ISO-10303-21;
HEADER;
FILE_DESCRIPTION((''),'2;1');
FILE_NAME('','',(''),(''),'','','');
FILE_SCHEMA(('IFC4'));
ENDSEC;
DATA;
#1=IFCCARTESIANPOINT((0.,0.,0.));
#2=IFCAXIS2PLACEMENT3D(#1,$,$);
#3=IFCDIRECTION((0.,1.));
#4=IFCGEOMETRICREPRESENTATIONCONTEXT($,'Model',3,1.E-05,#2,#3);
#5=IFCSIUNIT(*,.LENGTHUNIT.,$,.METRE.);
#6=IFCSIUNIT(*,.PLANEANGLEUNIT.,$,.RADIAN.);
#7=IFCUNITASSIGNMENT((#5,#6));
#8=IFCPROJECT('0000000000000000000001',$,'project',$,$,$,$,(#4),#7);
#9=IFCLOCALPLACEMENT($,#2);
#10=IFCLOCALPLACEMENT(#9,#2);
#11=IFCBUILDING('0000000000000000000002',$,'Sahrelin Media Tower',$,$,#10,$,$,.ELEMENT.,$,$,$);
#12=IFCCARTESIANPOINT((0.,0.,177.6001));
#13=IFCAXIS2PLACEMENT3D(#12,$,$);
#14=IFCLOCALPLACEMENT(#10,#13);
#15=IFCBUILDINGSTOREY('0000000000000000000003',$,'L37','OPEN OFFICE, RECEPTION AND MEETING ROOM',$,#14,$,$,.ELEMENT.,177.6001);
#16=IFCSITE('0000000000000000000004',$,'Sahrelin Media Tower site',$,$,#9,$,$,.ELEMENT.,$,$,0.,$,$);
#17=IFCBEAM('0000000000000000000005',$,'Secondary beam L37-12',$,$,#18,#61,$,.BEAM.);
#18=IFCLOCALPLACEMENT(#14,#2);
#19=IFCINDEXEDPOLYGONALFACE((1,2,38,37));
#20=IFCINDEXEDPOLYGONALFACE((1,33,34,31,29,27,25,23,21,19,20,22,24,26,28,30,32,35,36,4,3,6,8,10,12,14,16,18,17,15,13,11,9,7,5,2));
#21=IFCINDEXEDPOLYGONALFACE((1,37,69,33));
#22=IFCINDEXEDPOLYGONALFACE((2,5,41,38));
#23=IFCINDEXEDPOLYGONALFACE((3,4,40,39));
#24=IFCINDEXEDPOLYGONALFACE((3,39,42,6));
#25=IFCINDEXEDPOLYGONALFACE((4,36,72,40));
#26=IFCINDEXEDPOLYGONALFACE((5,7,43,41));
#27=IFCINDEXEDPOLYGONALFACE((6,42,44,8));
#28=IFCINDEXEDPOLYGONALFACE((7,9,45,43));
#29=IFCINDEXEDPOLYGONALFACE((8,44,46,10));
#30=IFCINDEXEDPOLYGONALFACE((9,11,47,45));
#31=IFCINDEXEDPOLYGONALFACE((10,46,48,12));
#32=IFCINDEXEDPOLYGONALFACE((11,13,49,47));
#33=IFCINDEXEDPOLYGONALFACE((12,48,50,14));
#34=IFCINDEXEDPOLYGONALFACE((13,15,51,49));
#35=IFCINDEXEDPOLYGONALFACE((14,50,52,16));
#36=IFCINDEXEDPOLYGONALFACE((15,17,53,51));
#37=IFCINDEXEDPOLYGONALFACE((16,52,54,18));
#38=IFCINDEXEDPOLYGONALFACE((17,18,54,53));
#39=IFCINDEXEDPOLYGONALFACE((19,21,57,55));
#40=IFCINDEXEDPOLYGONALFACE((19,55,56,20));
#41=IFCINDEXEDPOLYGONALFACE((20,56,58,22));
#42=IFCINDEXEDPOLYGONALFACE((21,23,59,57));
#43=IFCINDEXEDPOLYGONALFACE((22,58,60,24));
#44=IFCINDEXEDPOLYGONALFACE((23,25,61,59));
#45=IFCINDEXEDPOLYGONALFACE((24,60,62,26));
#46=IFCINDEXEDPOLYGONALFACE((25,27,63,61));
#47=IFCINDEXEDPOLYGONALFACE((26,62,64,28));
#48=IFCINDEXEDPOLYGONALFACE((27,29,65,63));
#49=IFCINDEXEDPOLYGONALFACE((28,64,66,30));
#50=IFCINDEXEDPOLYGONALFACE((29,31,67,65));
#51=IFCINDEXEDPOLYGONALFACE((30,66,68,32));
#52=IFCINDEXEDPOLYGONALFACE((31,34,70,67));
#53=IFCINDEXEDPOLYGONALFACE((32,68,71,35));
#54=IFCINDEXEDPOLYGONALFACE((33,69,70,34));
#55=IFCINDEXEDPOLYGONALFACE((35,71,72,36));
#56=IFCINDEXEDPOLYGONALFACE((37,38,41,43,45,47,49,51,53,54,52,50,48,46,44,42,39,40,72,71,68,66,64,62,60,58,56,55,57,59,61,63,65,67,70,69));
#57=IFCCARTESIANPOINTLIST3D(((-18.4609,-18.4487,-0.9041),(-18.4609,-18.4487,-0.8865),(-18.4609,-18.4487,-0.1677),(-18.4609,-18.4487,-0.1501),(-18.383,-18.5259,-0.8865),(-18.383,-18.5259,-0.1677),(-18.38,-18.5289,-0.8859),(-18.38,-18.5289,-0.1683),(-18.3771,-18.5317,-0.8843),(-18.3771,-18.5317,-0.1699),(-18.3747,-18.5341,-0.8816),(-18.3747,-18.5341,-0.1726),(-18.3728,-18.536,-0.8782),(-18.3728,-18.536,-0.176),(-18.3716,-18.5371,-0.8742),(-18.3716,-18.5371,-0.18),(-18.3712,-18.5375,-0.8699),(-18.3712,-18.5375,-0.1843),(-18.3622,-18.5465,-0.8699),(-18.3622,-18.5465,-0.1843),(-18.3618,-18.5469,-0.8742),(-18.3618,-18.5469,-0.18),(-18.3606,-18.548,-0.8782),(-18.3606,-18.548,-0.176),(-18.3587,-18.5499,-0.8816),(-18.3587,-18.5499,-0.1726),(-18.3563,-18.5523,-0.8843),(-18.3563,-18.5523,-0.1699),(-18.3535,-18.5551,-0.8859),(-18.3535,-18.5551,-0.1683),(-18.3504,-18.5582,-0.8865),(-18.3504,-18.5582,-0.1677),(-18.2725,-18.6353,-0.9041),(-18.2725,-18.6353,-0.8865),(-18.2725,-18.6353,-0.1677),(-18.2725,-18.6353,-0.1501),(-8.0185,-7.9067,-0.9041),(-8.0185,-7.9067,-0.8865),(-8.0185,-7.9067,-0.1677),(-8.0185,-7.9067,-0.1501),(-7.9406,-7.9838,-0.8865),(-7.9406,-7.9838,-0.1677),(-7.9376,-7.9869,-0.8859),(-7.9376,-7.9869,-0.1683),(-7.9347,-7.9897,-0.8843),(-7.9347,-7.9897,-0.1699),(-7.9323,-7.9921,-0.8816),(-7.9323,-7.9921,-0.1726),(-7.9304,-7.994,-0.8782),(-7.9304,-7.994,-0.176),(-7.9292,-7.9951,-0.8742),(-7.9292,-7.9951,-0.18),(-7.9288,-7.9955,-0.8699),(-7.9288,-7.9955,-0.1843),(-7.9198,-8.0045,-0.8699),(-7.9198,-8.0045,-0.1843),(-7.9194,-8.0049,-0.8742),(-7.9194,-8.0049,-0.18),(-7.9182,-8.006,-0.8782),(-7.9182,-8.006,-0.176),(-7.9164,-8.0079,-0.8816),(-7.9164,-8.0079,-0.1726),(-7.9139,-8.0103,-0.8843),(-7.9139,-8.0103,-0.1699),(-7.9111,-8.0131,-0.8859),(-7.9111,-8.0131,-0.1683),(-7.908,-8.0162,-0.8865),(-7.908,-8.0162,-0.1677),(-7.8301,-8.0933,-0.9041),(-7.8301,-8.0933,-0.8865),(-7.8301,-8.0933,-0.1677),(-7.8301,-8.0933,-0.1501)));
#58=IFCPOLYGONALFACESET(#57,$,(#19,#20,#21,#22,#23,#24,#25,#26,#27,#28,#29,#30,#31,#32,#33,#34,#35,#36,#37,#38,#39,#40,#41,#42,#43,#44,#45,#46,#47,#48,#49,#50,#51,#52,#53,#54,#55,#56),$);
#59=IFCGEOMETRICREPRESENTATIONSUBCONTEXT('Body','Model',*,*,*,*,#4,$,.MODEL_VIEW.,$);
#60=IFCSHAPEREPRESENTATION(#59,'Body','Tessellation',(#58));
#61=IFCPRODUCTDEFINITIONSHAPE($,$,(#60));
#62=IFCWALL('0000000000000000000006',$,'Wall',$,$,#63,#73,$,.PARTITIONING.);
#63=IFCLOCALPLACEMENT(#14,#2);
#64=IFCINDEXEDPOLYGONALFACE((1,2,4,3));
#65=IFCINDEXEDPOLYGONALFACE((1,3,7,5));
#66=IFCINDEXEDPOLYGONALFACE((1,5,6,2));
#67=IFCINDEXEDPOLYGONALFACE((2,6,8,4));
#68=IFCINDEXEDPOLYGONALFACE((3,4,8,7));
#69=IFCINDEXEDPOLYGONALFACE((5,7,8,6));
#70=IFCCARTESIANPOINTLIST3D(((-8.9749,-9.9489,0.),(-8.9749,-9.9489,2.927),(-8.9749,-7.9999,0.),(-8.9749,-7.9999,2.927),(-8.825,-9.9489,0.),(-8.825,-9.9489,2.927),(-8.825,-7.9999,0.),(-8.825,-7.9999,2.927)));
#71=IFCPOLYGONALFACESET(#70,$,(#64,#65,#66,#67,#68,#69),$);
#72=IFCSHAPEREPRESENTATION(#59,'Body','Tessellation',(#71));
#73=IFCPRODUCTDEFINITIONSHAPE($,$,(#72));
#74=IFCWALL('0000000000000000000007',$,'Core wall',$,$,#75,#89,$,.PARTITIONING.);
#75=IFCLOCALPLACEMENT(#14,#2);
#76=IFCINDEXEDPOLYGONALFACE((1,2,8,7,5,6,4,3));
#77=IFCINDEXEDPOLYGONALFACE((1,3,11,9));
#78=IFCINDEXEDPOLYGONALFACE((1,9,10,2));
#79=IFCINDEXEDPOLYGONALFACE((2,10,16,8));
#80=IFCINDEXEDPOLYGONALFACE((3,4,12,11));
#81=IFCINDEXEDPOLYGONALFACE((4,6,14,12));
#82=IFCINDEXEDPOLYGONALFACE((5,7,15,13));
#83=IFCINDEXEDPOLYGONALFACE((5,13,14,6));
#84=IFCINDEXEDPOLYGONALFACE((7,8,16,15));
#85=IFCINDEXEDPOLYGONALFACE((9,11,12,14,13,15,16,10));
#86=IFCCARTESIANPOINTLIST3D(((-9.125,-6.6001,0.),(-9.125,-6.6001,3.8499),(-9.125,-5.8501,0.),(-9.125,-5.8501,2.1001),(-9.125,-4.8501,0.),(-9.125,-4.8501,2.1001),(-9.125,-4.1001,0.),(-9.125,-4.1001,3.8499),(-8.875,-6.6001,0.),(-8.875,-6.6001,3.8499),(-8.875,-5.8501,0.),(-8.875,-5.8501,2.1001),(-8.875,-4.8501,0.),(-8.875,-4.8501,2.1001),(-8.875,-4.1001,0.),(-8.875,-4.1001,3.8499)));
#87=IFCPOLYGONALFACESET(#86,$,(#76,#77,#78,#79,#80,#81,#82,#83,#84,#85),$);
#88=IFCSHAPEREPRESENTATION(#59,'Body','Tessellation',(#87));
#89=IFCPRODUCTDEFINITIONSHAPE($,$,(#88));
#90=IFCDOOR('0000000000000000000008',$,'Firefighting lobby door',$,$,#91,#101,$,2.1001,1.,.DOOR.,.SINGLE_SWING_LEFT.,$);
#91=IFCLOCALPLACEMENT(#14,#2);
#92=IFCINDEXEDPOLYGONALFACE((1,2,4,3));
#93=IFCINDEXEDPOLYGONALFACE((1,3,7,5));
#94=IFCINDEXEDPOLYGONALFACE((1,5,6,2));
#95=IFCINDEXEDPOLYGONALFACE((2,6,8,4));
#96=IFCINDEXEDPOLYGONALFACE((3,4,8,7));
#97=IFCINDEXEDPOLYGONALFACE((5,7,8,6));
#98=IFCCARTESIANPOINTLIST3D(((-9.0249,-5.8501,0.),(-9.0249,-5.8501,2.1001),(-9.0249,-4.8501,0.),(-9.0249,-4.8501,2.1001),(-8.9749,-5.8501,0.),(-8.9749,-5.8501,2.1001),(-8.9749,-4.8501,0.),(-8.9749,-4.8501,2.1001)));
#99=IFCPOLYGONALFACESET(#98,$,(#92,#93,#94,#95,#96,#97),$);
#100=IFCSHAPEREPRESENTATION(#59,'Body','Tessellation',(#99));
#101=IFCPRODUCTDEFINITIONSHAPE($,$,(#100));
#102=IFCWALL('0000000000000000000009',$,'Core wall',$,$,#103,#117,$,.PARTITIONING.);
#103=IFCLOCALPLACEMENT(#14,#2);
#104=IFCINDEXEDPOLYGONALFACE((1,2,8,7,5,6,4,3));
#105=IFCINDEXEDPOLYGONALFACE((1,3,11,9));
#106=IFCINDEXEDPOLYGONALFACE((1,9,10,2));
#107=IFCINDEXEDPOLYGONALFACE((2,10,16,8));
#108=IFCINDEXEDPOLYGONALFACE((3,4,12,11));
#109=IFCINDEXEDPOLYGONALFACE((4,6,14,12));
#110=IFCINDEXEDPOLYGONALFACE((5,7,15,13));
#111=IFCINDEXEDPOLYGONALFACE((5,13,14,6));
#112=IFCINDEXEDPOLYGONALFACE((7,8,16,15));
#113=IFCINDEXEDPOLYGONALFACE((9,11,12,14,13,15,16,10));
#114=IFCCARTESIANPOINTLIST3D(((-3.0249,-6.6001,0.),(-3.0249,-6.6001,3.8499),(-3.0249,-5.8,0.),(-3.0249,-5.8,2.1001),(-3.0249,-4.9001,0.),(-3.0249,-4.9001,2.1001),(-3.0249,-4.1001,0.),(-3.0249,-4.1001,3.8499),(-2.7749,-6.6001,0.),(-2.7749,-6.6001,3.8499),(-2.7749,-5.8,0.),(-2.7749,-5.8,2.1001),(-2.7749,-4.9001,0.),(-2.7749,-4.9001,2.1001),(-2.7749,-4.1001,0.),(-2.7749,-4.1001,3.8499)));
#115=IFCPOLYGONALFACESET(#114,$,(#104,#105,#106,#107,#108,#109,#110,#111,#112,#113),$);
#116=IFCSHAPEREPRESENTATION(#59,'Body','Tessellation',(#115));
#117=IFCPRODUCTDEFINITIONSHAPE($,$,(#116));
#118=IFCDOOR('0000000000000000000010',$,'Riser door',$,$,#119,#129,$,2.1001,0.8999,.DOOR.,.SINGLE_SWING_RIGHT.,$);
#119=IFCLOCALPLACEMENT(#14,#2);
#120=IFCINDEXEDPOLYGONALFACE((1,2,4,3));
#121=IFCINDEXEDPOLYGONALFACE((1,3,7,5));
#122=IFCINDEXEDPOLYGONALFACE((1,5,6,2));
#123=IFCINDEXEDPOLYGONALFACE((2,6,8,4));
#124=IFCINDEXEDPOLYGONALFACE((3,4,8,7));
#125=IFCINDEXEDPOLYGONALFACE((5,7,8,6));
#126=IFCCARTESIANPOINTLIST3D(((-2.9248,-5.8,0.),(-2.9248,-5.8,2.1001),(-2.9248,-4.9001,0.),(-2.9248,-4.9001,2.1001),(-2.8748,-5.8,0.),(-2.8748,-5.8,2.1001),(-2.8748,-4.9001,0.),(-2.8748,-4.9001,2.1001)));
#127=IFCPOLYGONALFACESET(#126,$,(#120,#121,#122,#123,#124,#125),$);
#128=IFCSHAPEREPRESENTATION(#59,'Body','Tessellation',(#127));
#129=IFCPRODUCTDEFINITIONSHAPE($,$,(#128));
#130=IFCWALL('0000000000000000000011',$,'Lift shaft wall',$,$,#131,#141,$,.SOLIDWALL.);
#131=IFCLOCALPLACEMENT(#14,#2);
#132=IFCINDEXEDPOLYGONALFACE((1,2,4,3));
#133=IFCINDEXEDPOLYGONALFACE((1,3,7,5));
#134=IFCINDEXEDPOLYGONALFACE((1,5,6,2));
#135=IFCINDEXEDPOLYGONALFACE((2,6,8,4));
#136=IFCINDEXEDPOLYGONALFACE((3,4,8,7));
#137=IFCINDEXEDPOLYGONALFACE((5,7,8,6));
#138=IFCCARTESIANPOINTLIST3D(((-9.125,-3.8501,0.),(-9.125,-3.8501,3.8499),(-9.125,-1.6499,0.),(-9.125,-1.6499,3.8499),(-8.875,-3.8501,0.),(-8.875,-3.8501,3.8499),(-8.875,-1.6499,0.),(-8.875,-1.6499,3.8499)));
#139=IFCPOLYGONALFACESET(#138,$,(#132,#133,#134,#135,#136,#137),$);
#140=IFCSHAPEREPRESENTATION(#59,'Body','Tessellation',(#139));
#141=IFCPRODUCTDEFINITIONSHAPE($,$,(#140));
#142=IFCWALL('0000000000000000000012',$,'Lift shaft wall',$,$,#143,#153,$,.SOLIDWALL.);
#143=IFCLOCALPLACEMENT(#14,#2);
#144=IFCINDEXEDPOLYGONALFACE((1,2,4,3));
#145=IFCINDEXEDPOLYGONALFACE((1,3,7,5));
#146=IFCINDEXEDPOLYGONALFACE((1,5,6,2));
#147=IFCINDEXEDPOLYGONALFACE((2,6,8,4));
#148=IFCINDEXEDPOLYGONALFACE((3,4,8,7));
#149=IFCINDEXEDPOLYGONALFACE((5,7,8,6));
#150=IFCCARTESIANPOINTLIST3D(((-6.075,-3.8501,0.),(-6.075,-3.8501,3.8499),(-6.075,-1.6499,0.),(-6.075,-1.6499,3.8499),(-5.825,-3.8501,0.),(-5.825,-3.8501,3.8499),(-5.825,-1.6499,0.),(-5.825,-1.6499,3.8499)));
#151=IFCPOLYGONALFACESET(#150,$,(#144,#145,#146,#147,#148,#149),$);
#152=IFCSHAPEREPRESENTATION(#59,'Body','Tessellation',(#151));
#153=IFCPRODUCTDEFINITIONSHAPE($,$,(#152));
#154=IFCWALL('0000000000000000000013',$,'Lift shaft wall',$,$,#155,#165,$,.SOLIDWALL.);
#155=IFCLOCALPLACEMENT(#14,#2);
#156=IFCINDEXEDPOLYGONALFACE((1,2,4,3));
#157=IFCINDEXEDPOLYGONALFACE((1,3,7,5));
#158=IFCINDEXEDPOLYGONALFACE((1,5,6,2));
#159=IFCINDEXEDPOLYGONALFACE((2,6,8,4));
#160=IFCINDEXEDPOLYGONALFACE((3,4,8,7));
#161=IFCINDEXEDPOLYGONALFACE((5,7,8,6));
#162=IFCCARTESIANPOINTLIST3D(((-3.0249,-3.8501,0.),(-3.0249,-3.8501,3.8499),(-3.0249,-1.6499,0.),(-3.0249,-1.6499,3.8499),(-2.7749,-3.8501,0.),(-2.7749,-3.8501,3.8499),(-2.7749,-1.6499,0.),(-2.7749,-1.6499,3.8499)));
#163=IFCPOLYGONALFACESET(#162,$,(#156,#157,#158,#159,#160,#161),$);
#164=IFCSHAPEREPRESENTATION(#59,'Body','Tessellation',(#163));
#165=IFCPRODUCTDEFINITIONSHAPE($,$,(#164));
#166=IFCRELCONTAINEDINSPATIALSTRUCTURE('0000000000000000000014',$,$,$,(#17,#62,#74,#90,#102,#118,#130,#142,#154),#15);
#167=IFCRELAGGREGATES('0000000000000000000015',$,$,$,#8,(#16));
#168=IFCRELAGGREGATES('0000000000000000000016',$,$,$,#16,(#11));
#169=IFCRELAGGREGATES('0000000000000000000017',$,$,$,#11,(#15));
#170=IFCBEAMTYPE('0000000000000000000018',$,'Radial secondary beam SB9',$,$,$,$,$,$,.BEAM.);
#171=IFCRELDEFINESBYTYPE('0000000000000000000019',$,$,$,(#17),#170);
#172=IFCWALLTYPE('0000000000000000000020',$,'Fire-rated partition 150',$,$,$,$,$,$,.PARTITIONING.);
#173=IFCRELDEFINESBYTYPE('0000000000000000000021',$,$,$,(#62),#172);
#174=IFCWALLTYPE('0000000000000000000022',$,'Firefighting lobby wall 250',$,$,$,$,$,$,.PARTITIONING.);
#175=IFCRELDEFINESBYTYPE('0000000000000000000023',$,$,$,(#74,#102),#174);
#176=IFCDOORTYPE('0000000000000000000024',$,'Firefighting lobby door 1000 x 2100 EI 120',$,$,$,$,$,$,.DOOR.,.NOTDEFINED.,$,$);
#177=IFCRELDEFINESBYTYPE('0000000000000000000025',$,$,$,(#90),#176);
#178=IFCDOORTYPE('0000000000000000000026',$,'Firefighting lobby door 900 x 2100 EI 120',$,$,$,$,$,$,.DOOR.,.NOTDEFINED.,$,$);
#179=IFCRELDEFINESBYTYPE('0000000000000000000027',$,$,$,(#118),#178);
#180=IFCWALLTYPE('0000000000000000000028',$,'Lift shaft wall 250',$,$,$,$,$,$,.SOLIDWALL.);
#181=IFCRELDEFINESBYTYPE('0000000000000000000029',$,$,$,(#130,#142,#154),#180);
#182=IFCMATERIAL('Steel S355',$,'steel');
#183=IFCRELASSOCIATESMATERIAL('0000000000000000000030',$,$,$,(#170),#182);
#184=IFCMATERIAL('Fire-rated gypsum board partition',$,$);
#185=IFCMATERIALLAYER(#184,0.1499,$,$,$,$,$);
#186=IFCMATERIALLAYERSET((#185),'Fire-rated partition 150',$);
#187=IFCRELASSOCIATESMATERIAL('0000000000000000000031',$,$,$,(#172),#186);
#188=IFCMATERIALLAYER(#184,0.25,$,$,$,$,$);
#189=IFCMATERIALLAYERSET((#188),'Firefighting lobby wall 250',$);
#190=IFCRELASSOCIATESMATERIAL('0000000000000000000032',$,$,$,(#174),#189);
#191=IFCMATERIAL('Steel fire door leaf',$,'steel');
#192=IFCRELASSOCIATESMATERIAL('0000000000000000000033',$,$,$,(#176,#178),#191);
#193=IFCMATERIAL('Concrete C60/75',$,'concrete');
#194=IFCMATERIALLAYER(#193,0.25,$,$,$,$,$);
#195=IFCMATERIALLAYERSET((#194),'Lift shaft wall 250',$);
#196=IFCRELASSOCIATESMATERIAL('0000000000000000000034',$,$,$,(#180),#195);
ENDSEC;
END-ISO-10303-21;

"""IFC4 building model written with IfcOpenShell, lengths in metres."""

from ifc_helpers import new_model, si_unit, direction, frame, frame_2d, origin, origin_2d, place, context, subcontext, project, spatial, rectangle, i_section, extrude, material, layer, layer_set, material_profile, profile_set, type_object, element, fill, save


model = new_model("IFC4")

# Units and contexts
model_context = context("Model", 3, precision=1e-05, world=origin(), true_north=direction((0.0, 1.0)))
body_context = subcontext(model_context, "Body", "Model", "MODEL_VIEW")
ifc_project = project(units=[si_unit("LENGTHUNIT", "METRE"), si_unit("PLANEANGLEUNIT", "RADIAN")], contexts=[model_context])

# Site, building, storey
site_placement = place(None, origin())
site = spatial("IfcSite", under=ifc_project, at=site_placement, Name="Sahrelin Media Tower site", CompositionType="ELEMENT", RefElevation=0.0)
building_placement = place(site_placement, origin())
building = spatial("IfcBuilding", under=site, at=building_placement, Name="Sahrelin Media Tower", CompositionType="ELEMENT")
storey_placement = place(building_placement, frame((0.0, 0.0, 177.6001)))
storey = spatial("IfcBuildingStorey", under=building, at=storey_placement, Name="L37", Description="OPEN OFFICE, RECEPTION AND MEETING ROOM", CompositionType="ELEMENT", Elevation=177.6001)

# Beam
ifc_material_1 = material(Name="Steel S355", Category="steel")
ifc_material_profile_1 = material_profile(ifc_material_1, i_section(OverallWidth=0.2651, OverallDepth=0.7539, WebThickness=0.0127, FlangeThickness=0.0176, FilletRadius=0.0166, at=origin_2d()), Name="UB 762x267x147")
ifc_profile_set_1 = profile_set([ifc_material_profile_1], Name="Steel S355")
beam_type_1 = type_object("IfcBeamType", Name="Radial secondary beam SB9", PredefinedType="BEAM", material=ifc_profile_set_1)
beam_1_placement = place(storey_placement, frame((-7.9243, -8.0, -0.5271), z_axis=(-0.703742, -0.710455, 0.0), x_axis=(0.710455, -0.703742, 0.0)))
element("IfcBeam", 1, at=beam_1_placement, inside=storey, type_object=beam_type_1, Name="Secondary beam L37-12", PredefinedType="BEAM", context=body_context, shape_type="SweptSolid", body=[
    extrude(i_section(OverallWidth=0.2651, OverallDepth=0.7539, WebThickness=0.0127, FlangeThickness=0.0176, FilletRadius=0.0166, at=origin_2d()), origin(), (0.0, 0.0, 1.0), 14.8384),
])

# Wall
ifc_material_2 = material(Name="Fire-rated gypsum board partition")
ifc_layer_1 = layer(ifc_material_2, 0.1499)
ifc_layer_set_1 = layer_set([ifc_layer_1], Name="Fire-rated partition 150")
wall_type_1 = type_object("IfcWallType", Name="Fire-rated partition 150", PredefinedType="PARTITIONING", material=ifc_layer_set_1)
wall_1_placement = place(storey_placement, frame((-8.8999, -9.949, 0.0), z_axis=(0.0, 0.0, 1.0), x_axis=(0.0, 1.0, 0.0)))
element("IfcWall", 2, at=wall_1_placement, inside=storey, type_object=wall_type_1, Name="Wall", PredefinedType="PARTITIONING", context=body_context, shape_type="SweptSolid", body=[
    extrude(rectangle(XDim=1.949, YDim=0.1499, at=frame_2d((0.9746, 0.0))), origin(), (0.0, 0.0, 1.0), 2.927),
])

# Walls, openings, doors
ifc_layer_2 = layer(ifc_material_2, 0.25)
ifc_layer_set_2 = layer_set([ifc_layer_2], Name="Firefighting lobby wall 250")
wall_type_2 = type_object("IfcWallType", Name="Firefighting lobby wall 250", PredefinedType="PARTITIONING", material=ifc_layer_set_2)
wall_2_placement = place(storey_placement, frame((-9.0, -6.6001, 0.0), z_axis=(0.0, 0.0, 1.0), x_axis=(0.0, 1.0, 0.0)))
wall_2 = element("IfcWall", 3, at=wall_2_placement, inside=storey, type_object=wall_type_2, Name="Core wall", PredefinedType="PARTITIONING", context=body_context, shape_type="SweptSolid", body=[
    extrude(rectangle(XDim=2.5, YDim=0.25, at=frame_2d((1.25, 0.0))), origin(), (0.0, 0.0, 1.0), 3.8499),
])
opening_1_placement = place(wall_2_placement, frame((0.75, 0.0, 0.0)))
opening_1 = element("IfcOpeningElement", 4, at=opening_1_placement, cuts=wall_2, PredefinedType="OPENING", context=body_context, shape_type="SweptSolid", body=[
    extrude(rectangle(XDim=1.0, YDim=2.1001, at=frame_2d((0.5, 1.05))), frame((0.0, 0.125, 0.0), z_axis=(0.0, -1.0, 0.0), x_axis=(1.0, 0.0, 0.0)), (0.0, 0.0, 1.0), 0.25),
])
ifc_material_3 = material(Name="Steel fire door leaf", Category="steel")
door_type_1 = type_object("IfcDoorType", Name="Firefighting lobby door 1000 x 2100 EI 120", OperationType="NOTDEFINED", PredefinedType="DOOR", material=ifc_material_3)
door_1_placement = place(opening_1_placement, origin())
door_1 = element("IfcDoor", 5, at=door_1_placement, inside=storey, type_object=door_type_1, Name="Firefighting lobby door", OperationType="SINGLE_SWING_LEFT", OverallHeight=2.1001, OverallWidth=1.0, PredefinedType="DOOR", context=body_context, shape_type="SweptSolid", body=[
    extrude(rectangle(XDim=1.0, YDim=2.1001, at=frame_2d((0.5, 1.05))), frame((0.0, 0.0249, 0.0), z_axis=(0.0, -1.0, 0.0), x_axis=(1.0, 0.0, 0.0)), (0.0, 0.0, 1.0), 0.05),
])
fill(opening_1, door_1)
wall_3_placement = place(storey_placement, frame((-2.8999, -6.6001, 0.0), z_axis=(0.0, 0.0, 1.0), x_axis=(0.0, 1.0, 0.0)))
wall_3 = element("IfcWall", 6, at=wall_3_placement, inside=storey, type_object=wall_type_2, Name="Core wall", PredefinedType="PARTITIONING", context=body_context, shape_type="SweptSolid", body=[
    extrude(rectangle(XDim=2.5, YDim=0.25, at=frame_2d((1.25, 0.0))), origin(), (0.0, 0.0, 1.0), 3.8499),
])
opening_2_placement = place(wall_3_placement, frame((0.8, 0.0, 0.0)))
opening_2 = element("IfcOpeningElement", 7, at=opening_2_placement, cuts=wall_3, PredefinedType="OPENING", context=body_context, shape_type="SweptSolid", body=[
    extrude(rectangle(XDim=0.8999, YDim=2.1001, at=frame_2d((0.45, 1.05))), frame((0.0, 0.125, 0.0), z_axis=(0.0, -1.0, 0.0), x_axis=(1.0, 0.0, 0.0)), (0.0, 0.0, 1.0), 0.25),
])
door_type_2 = type_object("IfcDoorType", Name="Firefighting lobby door 900 x 2100 EI 120", OperationType="NOTDEFINED", PredefinedType="DOOR", material=ifc_material_3)
door_2_placement = place(opening_2_placement, origin())
door_2 = element("IfcDoor", 8, at=door_2_placement, inside=storey, type_object=door_type_2, Name="Riser door", OperationType="SINGLE_SWING_RIGHT", OverallHeight=2.1001, OverallWidth=0.8999, PredefinedType="DOOR", context=body_context, shape_type="SweptSolid", body=[
    extrude(rectangle(XDim=0.8999, YDim=2.1001, at=frame_2d((0.45, 1.05))), frame((0.0, 0.0249, 0.0), z_axis=(0.0, -1.0, 0.0), x_axis=(1.0, 0.0, 0.0)), (0.0, 0.0, 1.0), 0.05),
])
fill(opening_2, door_2)

# Walls
ifc_material_4 = material(Name="Concrete C60/75", Category="concrete")
ifc_layer_3 = layer(ifc_material_4, 0.25)
ifc_layer_set_3 = layer_set([ifc_layer_3], Name="Lift shaft wall 250")
wall_type_3 = type_object("IfcWallType", Name="Lift shaft wall 250", PredefinedType="SOLIDWALL", material=ifc_layer_set_3)
for number, where, z_axis, x_axis, name in (
    (9, (-9.0, -3.8501, 0.0), (0.0, 0.0, 1.0), (0.0, 1.0, 0.0), "Lift shaft wall"),
    (10, (-5.95, -3.8501, 0.0), (0.0, 0.0, 1.0), (0.0, 1.0, 0.0), "Lift shaft wall"),
    (11, (-2.8999, -3.8501, 0.0), (0.0, 0.0, 1.0), (0.0, 1.0, 0.0), "Lift shaft wall"),
):
    element("IfcWall", number, at=place(storey_placement, frame(where, z_axis=z_axis, x_axis=x_axis)), inside=storey, type_object=wall_type_3, Name=name, PredefinedType="SOLIDWALL", context=body_context, shape_type="SweptSolid", body=[
        extrude(rectangle(XDim=2.2002, YDim=0.25, at=frame_2d((1.1001, 0.0))), origin(), (0.0, 0.0, 1.0), 3.8499),
    ])

save(model, "model.ifc")
